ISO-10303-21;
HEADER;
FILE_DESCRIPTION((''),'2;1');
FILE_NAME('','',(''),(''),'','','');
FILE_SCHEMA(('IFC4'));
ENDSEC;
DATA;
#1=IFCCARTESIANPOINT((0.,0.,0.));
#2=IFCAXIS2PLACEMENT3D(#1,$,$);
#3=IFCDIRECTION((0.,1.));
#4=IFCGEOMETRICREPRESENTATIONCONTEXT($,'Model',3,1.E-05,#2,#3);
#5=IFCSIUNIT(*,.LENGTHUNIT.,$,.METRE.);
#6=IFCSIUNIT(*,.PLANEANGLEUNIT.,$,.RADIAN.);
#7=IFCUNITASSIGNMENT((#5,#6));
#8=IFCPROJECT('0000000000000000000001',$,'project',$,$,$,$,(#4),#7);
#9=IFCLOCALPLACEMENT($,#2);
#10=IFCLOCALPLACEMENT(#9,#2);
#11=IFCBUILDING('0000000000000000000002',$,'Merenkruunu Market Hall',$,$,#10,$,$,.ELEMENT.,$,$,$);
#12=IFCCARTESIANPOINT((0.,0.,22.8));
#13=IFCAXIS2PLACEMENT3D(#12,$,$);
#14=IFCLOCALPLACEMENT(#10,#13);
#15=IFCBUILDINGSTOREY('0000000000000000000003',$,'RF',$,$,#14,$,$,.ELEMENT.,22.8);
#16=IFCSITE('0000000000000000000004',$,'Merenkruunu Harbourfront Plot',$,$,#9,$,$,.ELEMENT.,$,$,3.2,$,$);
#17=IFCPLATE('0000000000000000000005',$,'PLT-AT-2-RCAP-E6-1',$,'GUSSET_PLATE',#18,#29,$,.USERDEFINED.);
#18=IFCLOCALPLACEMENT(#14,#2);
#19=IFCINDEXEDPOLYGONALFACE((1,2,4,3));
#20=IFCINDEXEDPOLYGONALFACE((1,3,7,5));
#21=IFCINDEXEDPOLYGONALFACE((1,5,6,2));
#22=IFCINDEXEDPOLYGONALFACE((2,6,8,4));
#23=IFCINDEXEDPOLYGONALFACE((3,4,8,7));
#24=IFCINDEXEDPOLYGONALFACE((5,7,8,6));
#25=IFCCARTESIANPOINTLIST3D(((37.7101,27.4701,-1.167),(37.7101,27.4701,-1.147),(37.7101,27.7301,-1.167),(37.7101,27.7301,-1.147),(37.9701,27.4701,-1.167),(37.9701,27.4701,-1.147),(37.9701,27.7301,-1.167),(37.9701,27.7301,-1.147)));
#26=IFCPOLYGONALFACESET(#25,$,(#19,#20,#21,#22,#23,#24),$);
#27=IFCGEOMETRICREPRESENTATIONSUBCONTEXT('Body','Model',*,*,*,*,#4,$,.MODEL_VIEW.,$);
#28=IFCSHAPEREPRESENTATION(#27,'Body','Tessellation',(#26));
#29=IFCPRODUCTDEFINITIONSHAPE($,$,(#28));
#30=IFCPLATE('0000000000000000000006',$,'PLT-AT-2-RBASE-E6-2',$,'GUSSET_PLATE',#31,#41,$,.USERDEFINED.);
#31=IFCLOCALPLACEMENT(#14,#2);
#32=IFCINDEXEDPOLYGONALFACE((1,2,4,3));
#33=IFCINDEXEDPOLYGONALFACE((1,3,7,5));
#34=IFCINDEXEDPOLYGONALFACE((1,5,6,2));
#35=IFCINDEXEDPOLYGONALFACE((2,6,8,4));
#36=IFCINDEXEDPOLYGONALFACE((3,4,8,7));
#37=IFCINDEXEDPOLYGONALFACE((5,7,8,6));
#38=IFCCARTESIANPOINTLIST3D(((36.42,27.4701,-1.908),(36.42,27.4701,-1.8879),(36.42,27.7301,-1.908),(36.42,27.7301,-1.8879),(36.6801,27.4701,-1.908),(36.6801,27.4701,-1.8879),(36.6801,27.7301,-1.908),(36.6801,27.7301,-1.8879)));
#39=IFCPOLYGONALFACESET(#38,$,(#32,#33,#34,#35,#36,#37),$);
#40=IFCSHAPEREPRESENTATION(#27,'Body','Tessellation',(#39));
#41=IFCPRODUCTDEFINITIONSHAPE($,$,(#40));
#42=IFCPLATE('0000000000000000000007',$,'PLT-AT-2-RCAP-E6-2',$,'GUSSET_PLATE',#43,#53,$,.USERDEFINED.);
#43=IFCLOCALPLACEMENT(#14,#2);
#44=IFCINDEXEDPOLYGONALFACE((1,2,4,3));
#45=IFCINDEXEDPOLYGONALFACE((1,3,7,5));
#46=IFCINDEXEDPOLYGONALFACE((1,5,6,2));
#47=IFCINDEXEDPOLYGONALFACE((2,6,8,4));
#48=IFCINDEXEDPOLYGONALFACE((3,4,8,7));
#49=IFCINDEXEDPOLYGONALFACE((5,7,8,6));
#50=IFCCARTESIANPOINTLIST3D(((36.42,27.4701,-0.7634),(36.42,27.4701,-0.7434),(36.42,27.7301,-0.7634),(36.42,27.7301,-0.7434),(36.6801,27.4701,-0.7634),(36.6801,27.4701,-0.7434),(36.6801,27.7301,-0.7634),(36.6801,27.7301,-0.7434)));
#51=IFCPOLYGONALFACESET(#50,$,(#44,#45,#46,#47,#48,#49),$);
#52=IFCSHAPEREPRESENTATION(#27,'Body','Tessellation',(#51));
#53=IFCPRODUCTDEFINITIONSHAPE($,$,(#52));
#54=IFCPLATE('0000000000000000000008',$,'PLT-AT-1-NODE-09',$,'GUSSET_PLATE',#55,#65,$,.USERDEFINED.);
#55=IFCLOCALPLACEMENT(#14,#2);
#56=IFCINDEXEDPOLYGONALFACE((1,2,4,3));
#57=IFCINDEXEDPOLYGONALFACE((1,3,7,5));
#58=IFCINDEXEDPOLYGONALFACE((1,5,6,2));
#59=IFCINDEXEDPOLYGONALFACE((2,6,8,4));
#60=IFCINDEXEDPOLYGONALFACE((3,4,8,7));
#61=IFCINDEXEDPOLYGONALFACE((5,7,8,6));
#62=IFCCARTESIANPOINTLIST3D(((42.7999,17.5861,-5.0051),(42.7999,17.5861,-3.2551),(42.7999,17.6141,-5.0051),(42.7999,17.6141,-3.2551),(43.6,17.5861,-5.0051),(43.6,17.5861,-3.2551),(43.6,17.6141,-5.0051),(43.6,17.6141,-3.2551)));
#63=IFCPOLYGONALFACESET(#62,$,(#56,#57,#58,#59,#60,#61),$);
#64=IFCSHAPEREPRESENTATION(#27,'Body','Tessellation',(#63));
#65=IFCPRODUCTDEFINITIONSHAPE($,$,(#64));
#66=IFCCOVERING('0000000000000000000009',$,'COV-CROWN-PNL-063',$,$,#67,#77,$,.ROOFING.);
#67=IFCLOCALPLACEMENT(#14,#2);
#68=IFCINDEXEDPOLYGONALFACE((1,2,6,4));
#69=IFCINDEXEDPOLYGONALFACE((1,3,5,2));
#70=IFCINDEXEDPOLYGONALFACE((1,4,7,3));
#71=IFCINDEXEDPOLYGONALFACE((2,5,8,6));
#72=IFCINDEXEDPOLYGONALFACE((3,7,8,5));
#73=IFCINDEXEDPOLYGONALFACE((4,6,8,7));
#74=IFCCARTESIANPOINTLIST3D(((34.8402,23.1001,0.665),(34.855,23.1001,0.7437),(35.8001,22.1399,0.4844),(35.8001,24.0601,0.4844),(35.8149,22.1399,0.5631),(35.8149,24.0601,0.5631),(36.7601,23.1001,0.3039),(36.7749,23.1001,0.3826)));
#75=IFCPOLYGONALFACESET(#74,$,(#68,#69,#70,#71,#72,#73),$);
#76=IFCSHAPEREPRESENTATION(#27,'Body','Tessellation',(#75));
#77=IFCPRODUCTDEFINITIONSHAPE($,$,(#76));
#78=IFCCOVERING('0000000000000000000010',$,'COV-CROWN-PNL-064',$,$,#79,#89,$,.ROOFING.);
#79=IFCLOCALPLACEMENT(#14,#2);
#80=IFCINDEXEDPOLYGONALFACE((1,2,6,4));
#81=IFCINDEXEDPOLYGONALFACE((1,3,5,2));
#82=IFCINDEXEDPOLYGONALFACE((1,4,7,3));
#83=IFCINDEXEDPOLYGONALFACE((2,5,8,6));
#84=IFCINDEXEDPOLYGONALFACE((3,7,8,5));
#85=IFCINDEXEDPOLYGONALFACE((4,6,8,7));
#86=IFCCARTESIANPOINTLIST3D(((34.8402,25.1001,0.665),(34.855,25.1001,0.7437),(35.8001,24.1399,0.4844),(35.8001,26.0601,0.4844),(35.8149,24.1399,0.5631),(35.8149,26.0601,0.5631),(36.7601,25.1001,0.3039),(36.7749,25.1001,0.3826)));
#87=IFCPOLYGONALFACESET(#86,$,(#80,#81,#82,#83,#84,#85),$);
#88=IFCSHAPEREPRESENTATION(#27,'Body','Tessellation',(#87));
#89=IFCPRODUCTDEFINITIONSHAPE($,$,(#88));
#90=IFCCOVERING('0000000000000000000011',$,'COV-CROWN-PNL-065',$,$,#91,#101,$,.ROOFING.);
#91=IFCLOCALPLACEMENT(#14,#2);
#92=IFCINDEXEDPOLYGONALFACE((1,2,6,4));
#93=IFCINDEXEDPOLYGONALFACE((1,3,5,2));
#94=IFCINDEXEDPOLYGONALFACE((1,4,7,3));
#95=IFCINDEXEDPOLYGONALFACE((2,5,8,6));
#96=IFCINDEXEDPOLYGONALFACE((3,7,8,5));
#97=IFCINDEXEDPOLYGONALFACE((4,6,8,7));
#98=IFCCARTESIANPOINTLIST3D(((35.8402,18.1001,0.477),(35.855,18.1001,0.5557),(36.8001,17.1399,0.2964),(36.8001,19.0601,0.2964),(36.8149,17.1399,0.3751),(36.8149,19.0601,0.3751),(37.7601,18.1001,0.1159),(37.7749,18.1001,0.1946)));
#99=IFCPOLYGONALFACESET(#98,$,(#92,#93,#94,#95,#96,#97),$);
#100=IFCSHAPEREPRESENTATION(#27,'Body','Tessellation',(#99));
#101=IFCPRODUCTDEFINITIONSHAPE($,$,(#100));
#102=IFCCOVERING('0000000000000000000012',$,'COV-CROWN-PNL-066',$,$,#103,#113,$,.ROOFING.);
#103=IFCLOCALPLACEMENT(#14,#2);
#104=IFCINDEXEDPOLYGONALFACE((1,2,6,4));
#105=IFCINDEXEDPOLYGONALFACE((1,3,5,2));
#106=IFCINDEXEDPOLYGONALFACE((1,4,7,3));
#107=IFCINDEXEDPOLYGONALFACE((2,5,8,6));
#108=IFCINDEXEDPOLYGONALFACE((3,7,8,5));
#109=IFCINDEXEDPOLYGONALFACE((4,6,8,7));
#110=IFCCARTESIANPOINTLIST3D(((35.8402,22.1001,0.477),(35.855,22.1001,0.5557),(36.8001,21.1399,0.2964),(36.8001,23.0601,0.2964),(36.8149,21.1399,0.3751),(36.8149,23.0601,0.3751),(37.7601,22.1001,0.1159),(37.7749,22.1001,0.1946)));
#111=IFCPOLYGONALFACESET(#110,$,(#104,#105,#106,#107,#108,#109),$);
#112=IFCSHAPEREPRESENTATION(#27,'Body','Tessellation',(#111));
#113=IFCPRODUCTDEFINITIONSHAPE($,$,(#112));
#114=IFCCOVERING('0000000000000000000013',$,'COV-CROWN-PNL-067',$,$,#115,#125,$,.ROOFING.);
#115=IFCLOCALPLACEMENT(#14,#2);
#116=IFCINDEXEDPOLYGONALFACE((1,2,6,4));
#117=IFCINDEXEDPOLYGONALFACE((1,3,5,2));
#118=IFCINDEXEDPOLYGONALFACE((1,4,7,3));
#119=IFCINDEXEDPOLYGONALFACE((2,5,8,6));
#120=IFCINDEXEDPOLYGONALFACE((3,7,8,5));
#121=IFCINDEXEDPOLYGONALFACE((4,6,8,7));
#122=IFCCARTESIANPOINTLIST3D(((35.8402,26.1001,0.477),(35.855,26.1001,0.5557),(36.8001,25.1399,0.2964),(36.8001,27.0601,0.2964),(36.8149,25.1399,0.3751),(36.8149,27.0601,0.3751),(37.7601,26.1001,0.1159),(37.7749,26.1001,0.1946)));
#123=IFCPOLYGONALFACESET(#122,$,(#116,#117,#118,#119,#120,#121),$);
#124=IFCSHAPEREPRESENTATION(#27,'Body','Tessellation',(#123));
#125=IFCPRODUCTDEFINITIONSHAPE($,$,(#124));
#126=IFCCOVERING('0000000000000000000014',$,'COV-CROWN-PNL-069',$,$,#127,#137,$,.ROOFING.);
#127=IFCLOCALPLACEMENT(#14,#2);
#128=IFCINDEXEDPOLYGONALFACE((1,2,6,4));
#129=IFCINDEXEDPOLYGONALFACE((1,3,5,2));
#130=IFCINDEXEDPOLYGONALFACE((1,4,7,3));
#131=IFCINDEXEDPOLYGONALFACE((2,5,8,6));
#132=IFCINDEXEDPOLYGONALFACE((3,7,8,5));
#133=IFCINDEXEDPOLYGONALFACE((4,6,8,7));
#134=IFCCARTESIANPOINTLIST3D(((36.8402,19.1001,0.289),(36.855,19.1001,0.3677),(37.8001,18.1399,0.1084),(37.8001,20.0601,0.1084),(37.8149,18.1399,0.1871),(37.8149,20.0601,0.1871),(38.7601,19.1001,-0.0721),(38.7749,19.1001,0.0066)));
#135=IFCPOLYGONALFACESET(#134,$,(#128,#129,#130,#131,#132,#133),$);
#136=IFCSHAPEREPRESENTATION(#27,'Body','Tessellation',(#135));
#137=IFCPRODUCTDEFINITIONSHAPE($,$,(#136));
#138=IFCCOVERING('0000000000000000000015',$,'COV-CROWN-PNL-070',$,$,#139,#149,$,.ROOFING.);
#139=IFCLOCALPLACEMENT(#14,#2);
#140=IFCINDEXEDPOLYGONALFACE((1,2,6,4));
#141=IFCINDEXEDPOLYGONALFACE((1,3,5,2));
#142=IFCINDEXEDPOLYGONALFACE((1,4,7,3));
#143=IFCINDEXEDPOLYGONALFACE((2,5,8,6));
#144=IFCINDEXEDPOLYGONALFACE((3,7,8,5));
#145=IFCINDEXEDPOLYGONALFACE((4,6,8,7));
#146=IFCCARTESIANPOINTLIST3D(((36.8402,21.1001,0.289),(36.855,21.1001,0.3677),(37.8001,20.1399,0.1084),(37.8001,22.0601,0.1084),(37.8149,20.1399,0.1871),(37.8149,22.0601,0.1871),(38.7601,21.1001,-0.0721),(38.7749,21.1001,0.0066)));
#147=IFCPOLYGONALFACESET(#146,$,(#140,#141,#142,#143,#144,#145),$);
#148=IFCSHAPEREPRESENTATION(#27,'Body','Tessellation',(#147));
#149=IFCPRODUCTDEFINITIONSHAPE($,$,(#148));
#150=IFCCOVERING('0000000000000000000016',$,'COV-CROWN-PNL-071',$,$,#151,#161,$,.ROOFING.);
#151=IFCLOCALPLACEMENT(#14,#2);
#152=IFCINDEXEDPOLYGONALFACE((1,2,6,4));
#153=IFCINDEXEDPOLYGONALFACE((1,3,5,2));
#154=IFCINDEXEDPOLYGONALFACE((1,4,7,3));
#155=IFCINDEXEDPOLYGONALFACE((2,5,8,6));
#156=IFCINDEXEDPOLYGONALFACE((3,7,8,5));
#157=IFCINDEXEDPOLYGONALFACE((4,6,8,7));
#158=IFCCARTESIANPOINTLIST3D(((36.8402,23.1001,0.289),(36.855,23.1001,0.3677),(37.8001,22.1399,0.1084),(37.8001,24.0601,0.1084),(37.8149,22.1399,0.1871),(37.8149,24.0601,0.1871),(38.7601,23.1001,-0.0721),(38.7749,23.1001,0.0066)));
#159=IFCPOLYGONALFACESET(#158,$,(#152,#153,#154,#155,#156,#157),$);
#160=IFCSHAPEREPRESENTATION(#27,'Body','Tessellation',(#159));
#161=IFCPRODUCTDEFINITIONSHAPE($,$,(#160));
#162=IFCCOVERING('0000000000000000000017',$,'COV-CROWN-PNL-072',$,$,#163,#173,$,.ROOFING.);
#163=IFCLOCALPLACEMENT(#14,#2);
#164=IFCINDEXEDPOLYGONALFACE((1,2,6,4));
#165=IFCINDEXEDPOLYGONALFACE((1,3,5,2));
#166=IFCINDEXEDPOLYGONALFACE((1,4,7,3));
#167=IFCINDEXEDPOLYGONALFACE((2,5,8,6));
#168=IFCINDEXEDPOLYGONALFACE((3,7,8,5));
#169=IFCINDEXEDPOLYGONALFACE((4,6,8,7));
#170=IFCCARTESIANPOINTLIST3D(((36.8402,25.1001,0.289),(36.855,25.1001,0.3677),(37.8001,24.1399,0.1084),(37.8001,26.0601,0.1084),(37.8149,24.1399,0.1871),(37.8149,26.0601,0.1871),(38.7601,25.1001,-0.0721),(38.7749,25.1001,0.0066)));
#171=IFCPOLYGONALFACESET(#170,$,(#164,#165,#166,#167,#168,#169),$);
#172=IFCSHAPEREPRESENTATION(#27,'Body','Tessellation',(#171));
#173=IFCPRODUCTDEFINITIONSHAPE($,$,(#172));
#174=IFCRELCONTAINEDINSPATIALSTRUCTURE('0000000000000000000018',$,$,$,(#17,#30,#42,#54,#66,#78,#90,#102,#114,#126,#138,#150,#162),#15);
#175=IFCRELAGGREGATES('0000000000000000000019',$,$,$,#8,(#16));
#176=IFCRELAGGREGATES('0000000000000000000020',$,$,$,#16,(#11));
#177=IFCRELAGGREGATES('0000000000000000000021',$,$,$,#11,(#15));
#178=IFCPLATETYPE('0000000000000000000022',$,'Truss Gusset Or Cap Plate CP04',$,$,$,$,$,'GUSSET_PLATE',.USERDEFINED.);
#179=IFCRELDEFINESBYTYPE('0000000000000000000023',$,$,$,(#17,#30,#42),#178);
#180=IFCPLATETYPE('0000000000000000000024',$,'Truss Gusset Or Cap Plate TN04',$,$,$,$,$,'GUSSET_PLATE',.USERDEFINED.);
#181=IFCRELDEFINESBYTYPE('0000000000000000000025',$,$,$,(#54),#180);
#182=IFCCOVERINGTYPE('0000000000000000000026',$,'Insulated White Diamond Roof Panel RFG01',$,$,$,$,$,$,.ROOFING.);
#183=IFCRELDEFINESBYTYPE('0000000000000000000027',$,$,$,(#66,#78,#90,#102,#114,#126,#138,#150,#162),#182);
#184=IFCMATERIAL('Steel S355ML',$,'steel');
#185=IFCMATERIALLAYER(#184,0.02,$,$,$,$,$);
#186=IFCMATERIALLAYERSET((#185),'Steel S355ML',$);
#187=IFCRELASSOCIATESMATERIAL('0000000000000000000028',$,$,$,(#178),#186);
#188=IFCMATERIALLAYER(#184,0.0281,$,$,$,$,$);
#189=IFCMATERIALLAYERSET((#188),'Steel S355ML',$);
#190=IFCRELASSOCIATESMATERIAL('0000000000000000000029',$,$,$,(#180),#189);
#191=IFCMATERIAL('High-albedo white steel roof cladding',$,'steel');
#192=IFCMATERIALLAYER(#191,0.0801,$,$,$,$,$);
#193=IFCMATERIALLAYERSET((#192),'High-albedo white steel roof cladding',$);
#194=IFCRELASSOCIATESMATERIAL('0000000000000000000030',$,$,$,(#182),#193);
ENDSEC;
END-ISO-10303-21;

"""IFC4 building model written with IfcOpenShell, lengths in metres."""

from ifc_helpers import new_model, si_unit, direction, frame, origin, origin_2d, place, context, subcontext, project, spatial, polyline, rectangle, outline, extrude, material, layer, layer_set, type_object, element, save


model = new_model("IFC4")

# Units and contexts
model_context = context("Model", 3, precision=1e-05, world=origin(), true_north=direction((0.0, 1.0)))
body_context = subcontext(model_context, "Body", "Model", "MODEL_VIEW")
ifc_project = project(units=[si_unit("LENGTHUNIT", "METRE"), si_unit("PLANEANGLEUNIT", "RADIAN")], contexts=[model_context])

# Site, building, storey
site_placement = place(None, origin())
site = spatial("IfcSite", under=ifc_project, at=site_placement, Name="Merenkruunu Harbourfront Plot", CompositionType="ELEMENT", RefElevation=3.2)
building_placement = place(site_placement, origin())
building = spatial("IfcBuilding", under=site, at=building_placement, Name="Merenkruunu Market Hall", CompositionType="ELEMENT")
storey_placement = place(building_placement, frame((0.0, 0.0, 22.8)))
storey = spatial("IfcBuildingStorey", under=building, at=storey_placement, Name="RF", CompositionType="ELEMENT", Elevation=22.8)

# Shared definitions
ifc_material_1 = material(Name="Steel S355ML", Category="steel")

# Plates
ifc_layer_1 = layer(ifc_material_1, 0.02)
ifc_layer_set_1 = layer_set([ifc_layer_1], Name="Steel S355ML")
plate_type_1 = type_object("IfcPlateType", Name="Truss Gusset Or Cap Plate CP04", ElementType="GUSSET_PLATE", PredefinedType="USERDEFINED", material=ifc_layer_set_1)
for number, where, z_axis, x_axis, name in (
    (1, (37.8401, 27.6001, -1.167), (0.0, 0.0, 1.0), (1.0, 0.0, 0.0), "PLT-AT-2-RCAP-E6-1"),
    (2, (36.55, 27.6001, -1.908), (0.0, 0.0, 1.0), (1.0, 0.0, 0.0), "PLT-AT-2-RBASE-E6-2"),
    (3, (36.55, 27.6001, -0.7634), (0.0, 0.0, 1.0), (1.0, 0.0, 0.0), "PLT-AT-2-RCAP-E6-2"),
):
    element("IfcPlate", number, at=place(storey_placement, frame(where, z_axis=z_axis, x_axis=x_axis)), inside=storey, type_object=plate_type_1, Name=name, ObjectType="GUSSET_PLATE", PredefinedType="USERDEFINED", context=body_context, shape_type="SweptSolid", body=[
        extrude(rectangle(XDim=0.26, YDim=0.26, at=origin_2d()), origin(), (0.0, 0.0, 1.0), 0.02),
    ])
ifc_layer_2 = layer(ifc_material_1, 0.0281)
ifc_layer_set_2 = layer_set([ifc_layer_2], Name="Steel S355ML")
plate_type_2 = type_object("IfcPlateType", Name="Truss Gusset Or Cap Plate TN04", ElementType="GUSSET_PLATE", PredefinedType="USERDEFINED", material=ifc_layer_set_2)
plate_1_placement = place(storey_placement, frame((43.2, 17.6001, -5.0051), z_axis=(0.0, 0.0, 1.0), x_axis=(1.0, 0.0, 0.0)))
element("IfcPlate", 4, at=plate_1_placement, inside=storey, type_object=plate_type_2, Name="PLT-AT-1-NODE-09", ObjectType="GUSSET_PLATE", PredefinedType="USERDEFINED", context=body_context, shape_type="SweptSolid", body=[
    extrude(rectangle(XDim=0.8, YDim=0.0281, at=origin_2d()), origin(), (0.0, 0.0, 1.0), 1.75),
])

# Coverings
ifc_material_2 = material(Name="High-albedo white steel roof cladding", Category="steel")
ifc_layer_3 = layer(ifc_material_2, 0.0801)
ifc_layer_set_3 = layer_set([ifc_layer_3], Name="High-albedo white steel roof cladding")
covering_type = type_object("IfcCoveringType", Name="Insulated White Diamond Roof Panel RFG01", PredefinedType="ROOFING", material=ifc_layer_set_3)
for number, where, z_axis, x_axis, name in (
    (5, (34.855, 23.1001, 0.7437), (0.184832, 0.0, 0.98277), (0.70084, -0.701035, -0.131809), "COV-CROWN-PNL-063"),
    (6, (34.855, 25.1001, 0.7437), (0.184832, 0.0, 0.98277), (0.70084, -0.701035, -0.131809), "COV-CROWN-PNL-064"),
    (7, (35.855, 18.1001, 0.5557), (0.184832, 0.0, 0.98277), (0.70084, -0.701035, -0.131809), "COV-CROWN-PNL-065"),
    (8, (35.855, 22.1001, 0.5557), (0.184832, 0.0, 0.98277), (0.70084, -0.701035, -0.131809), "COV-CROWN-PNL-066"),
    (9, (35.855, 26.1001, 0.5557), (0.184832, 0.0, 0.98277), (0.70084, -0.701035, -0.131809), "COV-CROWN-PNL-067"),
    (10, (36.855, 19.1001, 0.3677), (0.184832, 0.0, 0.98277), (0.70084, -0.701035, -0.131809), "COV-CROWN-PNL-069"),
    (11, (36.855, 21.1001, 0.3677), (0.184832, 0.0, 0.98277), (0.70084, -0.701035, -0.131809), "COV-CROWN-PNL-070"),
    (12, (36.855, 23.1001, 0.3677), (0.184832, 0.0, 0.98277), (0.70084, -0.701035, -0.131809), "COV-CROWN-PNL-071"),
    (13, (36.855, 25.1001, 0.3677), (0.184832, 0.0, 0.98277), (0.70084, -0.701035, -0.131809), "COV-CROWN-PNL-072"),
):
    element("IfcCovering", number, at=place(storey_placement, frame(where, z_axis=z_axis, x_axis=x_axis)), inside=storey, type_object=covering_type, Name=name, PredefinedType="ROOFING", context=body_context, shape_type="SweptSolid", body=[
        extrude(outline(polyline([(0.0, 0.0), (1.3697, 0.0), (1.3932, 1.3695), (0.0236, 1.3693), (0.0, 0.0)])), origin(), (0.0, 0.0, -1.0), 0.0801),
    ])

save(model, "model.ifc")
